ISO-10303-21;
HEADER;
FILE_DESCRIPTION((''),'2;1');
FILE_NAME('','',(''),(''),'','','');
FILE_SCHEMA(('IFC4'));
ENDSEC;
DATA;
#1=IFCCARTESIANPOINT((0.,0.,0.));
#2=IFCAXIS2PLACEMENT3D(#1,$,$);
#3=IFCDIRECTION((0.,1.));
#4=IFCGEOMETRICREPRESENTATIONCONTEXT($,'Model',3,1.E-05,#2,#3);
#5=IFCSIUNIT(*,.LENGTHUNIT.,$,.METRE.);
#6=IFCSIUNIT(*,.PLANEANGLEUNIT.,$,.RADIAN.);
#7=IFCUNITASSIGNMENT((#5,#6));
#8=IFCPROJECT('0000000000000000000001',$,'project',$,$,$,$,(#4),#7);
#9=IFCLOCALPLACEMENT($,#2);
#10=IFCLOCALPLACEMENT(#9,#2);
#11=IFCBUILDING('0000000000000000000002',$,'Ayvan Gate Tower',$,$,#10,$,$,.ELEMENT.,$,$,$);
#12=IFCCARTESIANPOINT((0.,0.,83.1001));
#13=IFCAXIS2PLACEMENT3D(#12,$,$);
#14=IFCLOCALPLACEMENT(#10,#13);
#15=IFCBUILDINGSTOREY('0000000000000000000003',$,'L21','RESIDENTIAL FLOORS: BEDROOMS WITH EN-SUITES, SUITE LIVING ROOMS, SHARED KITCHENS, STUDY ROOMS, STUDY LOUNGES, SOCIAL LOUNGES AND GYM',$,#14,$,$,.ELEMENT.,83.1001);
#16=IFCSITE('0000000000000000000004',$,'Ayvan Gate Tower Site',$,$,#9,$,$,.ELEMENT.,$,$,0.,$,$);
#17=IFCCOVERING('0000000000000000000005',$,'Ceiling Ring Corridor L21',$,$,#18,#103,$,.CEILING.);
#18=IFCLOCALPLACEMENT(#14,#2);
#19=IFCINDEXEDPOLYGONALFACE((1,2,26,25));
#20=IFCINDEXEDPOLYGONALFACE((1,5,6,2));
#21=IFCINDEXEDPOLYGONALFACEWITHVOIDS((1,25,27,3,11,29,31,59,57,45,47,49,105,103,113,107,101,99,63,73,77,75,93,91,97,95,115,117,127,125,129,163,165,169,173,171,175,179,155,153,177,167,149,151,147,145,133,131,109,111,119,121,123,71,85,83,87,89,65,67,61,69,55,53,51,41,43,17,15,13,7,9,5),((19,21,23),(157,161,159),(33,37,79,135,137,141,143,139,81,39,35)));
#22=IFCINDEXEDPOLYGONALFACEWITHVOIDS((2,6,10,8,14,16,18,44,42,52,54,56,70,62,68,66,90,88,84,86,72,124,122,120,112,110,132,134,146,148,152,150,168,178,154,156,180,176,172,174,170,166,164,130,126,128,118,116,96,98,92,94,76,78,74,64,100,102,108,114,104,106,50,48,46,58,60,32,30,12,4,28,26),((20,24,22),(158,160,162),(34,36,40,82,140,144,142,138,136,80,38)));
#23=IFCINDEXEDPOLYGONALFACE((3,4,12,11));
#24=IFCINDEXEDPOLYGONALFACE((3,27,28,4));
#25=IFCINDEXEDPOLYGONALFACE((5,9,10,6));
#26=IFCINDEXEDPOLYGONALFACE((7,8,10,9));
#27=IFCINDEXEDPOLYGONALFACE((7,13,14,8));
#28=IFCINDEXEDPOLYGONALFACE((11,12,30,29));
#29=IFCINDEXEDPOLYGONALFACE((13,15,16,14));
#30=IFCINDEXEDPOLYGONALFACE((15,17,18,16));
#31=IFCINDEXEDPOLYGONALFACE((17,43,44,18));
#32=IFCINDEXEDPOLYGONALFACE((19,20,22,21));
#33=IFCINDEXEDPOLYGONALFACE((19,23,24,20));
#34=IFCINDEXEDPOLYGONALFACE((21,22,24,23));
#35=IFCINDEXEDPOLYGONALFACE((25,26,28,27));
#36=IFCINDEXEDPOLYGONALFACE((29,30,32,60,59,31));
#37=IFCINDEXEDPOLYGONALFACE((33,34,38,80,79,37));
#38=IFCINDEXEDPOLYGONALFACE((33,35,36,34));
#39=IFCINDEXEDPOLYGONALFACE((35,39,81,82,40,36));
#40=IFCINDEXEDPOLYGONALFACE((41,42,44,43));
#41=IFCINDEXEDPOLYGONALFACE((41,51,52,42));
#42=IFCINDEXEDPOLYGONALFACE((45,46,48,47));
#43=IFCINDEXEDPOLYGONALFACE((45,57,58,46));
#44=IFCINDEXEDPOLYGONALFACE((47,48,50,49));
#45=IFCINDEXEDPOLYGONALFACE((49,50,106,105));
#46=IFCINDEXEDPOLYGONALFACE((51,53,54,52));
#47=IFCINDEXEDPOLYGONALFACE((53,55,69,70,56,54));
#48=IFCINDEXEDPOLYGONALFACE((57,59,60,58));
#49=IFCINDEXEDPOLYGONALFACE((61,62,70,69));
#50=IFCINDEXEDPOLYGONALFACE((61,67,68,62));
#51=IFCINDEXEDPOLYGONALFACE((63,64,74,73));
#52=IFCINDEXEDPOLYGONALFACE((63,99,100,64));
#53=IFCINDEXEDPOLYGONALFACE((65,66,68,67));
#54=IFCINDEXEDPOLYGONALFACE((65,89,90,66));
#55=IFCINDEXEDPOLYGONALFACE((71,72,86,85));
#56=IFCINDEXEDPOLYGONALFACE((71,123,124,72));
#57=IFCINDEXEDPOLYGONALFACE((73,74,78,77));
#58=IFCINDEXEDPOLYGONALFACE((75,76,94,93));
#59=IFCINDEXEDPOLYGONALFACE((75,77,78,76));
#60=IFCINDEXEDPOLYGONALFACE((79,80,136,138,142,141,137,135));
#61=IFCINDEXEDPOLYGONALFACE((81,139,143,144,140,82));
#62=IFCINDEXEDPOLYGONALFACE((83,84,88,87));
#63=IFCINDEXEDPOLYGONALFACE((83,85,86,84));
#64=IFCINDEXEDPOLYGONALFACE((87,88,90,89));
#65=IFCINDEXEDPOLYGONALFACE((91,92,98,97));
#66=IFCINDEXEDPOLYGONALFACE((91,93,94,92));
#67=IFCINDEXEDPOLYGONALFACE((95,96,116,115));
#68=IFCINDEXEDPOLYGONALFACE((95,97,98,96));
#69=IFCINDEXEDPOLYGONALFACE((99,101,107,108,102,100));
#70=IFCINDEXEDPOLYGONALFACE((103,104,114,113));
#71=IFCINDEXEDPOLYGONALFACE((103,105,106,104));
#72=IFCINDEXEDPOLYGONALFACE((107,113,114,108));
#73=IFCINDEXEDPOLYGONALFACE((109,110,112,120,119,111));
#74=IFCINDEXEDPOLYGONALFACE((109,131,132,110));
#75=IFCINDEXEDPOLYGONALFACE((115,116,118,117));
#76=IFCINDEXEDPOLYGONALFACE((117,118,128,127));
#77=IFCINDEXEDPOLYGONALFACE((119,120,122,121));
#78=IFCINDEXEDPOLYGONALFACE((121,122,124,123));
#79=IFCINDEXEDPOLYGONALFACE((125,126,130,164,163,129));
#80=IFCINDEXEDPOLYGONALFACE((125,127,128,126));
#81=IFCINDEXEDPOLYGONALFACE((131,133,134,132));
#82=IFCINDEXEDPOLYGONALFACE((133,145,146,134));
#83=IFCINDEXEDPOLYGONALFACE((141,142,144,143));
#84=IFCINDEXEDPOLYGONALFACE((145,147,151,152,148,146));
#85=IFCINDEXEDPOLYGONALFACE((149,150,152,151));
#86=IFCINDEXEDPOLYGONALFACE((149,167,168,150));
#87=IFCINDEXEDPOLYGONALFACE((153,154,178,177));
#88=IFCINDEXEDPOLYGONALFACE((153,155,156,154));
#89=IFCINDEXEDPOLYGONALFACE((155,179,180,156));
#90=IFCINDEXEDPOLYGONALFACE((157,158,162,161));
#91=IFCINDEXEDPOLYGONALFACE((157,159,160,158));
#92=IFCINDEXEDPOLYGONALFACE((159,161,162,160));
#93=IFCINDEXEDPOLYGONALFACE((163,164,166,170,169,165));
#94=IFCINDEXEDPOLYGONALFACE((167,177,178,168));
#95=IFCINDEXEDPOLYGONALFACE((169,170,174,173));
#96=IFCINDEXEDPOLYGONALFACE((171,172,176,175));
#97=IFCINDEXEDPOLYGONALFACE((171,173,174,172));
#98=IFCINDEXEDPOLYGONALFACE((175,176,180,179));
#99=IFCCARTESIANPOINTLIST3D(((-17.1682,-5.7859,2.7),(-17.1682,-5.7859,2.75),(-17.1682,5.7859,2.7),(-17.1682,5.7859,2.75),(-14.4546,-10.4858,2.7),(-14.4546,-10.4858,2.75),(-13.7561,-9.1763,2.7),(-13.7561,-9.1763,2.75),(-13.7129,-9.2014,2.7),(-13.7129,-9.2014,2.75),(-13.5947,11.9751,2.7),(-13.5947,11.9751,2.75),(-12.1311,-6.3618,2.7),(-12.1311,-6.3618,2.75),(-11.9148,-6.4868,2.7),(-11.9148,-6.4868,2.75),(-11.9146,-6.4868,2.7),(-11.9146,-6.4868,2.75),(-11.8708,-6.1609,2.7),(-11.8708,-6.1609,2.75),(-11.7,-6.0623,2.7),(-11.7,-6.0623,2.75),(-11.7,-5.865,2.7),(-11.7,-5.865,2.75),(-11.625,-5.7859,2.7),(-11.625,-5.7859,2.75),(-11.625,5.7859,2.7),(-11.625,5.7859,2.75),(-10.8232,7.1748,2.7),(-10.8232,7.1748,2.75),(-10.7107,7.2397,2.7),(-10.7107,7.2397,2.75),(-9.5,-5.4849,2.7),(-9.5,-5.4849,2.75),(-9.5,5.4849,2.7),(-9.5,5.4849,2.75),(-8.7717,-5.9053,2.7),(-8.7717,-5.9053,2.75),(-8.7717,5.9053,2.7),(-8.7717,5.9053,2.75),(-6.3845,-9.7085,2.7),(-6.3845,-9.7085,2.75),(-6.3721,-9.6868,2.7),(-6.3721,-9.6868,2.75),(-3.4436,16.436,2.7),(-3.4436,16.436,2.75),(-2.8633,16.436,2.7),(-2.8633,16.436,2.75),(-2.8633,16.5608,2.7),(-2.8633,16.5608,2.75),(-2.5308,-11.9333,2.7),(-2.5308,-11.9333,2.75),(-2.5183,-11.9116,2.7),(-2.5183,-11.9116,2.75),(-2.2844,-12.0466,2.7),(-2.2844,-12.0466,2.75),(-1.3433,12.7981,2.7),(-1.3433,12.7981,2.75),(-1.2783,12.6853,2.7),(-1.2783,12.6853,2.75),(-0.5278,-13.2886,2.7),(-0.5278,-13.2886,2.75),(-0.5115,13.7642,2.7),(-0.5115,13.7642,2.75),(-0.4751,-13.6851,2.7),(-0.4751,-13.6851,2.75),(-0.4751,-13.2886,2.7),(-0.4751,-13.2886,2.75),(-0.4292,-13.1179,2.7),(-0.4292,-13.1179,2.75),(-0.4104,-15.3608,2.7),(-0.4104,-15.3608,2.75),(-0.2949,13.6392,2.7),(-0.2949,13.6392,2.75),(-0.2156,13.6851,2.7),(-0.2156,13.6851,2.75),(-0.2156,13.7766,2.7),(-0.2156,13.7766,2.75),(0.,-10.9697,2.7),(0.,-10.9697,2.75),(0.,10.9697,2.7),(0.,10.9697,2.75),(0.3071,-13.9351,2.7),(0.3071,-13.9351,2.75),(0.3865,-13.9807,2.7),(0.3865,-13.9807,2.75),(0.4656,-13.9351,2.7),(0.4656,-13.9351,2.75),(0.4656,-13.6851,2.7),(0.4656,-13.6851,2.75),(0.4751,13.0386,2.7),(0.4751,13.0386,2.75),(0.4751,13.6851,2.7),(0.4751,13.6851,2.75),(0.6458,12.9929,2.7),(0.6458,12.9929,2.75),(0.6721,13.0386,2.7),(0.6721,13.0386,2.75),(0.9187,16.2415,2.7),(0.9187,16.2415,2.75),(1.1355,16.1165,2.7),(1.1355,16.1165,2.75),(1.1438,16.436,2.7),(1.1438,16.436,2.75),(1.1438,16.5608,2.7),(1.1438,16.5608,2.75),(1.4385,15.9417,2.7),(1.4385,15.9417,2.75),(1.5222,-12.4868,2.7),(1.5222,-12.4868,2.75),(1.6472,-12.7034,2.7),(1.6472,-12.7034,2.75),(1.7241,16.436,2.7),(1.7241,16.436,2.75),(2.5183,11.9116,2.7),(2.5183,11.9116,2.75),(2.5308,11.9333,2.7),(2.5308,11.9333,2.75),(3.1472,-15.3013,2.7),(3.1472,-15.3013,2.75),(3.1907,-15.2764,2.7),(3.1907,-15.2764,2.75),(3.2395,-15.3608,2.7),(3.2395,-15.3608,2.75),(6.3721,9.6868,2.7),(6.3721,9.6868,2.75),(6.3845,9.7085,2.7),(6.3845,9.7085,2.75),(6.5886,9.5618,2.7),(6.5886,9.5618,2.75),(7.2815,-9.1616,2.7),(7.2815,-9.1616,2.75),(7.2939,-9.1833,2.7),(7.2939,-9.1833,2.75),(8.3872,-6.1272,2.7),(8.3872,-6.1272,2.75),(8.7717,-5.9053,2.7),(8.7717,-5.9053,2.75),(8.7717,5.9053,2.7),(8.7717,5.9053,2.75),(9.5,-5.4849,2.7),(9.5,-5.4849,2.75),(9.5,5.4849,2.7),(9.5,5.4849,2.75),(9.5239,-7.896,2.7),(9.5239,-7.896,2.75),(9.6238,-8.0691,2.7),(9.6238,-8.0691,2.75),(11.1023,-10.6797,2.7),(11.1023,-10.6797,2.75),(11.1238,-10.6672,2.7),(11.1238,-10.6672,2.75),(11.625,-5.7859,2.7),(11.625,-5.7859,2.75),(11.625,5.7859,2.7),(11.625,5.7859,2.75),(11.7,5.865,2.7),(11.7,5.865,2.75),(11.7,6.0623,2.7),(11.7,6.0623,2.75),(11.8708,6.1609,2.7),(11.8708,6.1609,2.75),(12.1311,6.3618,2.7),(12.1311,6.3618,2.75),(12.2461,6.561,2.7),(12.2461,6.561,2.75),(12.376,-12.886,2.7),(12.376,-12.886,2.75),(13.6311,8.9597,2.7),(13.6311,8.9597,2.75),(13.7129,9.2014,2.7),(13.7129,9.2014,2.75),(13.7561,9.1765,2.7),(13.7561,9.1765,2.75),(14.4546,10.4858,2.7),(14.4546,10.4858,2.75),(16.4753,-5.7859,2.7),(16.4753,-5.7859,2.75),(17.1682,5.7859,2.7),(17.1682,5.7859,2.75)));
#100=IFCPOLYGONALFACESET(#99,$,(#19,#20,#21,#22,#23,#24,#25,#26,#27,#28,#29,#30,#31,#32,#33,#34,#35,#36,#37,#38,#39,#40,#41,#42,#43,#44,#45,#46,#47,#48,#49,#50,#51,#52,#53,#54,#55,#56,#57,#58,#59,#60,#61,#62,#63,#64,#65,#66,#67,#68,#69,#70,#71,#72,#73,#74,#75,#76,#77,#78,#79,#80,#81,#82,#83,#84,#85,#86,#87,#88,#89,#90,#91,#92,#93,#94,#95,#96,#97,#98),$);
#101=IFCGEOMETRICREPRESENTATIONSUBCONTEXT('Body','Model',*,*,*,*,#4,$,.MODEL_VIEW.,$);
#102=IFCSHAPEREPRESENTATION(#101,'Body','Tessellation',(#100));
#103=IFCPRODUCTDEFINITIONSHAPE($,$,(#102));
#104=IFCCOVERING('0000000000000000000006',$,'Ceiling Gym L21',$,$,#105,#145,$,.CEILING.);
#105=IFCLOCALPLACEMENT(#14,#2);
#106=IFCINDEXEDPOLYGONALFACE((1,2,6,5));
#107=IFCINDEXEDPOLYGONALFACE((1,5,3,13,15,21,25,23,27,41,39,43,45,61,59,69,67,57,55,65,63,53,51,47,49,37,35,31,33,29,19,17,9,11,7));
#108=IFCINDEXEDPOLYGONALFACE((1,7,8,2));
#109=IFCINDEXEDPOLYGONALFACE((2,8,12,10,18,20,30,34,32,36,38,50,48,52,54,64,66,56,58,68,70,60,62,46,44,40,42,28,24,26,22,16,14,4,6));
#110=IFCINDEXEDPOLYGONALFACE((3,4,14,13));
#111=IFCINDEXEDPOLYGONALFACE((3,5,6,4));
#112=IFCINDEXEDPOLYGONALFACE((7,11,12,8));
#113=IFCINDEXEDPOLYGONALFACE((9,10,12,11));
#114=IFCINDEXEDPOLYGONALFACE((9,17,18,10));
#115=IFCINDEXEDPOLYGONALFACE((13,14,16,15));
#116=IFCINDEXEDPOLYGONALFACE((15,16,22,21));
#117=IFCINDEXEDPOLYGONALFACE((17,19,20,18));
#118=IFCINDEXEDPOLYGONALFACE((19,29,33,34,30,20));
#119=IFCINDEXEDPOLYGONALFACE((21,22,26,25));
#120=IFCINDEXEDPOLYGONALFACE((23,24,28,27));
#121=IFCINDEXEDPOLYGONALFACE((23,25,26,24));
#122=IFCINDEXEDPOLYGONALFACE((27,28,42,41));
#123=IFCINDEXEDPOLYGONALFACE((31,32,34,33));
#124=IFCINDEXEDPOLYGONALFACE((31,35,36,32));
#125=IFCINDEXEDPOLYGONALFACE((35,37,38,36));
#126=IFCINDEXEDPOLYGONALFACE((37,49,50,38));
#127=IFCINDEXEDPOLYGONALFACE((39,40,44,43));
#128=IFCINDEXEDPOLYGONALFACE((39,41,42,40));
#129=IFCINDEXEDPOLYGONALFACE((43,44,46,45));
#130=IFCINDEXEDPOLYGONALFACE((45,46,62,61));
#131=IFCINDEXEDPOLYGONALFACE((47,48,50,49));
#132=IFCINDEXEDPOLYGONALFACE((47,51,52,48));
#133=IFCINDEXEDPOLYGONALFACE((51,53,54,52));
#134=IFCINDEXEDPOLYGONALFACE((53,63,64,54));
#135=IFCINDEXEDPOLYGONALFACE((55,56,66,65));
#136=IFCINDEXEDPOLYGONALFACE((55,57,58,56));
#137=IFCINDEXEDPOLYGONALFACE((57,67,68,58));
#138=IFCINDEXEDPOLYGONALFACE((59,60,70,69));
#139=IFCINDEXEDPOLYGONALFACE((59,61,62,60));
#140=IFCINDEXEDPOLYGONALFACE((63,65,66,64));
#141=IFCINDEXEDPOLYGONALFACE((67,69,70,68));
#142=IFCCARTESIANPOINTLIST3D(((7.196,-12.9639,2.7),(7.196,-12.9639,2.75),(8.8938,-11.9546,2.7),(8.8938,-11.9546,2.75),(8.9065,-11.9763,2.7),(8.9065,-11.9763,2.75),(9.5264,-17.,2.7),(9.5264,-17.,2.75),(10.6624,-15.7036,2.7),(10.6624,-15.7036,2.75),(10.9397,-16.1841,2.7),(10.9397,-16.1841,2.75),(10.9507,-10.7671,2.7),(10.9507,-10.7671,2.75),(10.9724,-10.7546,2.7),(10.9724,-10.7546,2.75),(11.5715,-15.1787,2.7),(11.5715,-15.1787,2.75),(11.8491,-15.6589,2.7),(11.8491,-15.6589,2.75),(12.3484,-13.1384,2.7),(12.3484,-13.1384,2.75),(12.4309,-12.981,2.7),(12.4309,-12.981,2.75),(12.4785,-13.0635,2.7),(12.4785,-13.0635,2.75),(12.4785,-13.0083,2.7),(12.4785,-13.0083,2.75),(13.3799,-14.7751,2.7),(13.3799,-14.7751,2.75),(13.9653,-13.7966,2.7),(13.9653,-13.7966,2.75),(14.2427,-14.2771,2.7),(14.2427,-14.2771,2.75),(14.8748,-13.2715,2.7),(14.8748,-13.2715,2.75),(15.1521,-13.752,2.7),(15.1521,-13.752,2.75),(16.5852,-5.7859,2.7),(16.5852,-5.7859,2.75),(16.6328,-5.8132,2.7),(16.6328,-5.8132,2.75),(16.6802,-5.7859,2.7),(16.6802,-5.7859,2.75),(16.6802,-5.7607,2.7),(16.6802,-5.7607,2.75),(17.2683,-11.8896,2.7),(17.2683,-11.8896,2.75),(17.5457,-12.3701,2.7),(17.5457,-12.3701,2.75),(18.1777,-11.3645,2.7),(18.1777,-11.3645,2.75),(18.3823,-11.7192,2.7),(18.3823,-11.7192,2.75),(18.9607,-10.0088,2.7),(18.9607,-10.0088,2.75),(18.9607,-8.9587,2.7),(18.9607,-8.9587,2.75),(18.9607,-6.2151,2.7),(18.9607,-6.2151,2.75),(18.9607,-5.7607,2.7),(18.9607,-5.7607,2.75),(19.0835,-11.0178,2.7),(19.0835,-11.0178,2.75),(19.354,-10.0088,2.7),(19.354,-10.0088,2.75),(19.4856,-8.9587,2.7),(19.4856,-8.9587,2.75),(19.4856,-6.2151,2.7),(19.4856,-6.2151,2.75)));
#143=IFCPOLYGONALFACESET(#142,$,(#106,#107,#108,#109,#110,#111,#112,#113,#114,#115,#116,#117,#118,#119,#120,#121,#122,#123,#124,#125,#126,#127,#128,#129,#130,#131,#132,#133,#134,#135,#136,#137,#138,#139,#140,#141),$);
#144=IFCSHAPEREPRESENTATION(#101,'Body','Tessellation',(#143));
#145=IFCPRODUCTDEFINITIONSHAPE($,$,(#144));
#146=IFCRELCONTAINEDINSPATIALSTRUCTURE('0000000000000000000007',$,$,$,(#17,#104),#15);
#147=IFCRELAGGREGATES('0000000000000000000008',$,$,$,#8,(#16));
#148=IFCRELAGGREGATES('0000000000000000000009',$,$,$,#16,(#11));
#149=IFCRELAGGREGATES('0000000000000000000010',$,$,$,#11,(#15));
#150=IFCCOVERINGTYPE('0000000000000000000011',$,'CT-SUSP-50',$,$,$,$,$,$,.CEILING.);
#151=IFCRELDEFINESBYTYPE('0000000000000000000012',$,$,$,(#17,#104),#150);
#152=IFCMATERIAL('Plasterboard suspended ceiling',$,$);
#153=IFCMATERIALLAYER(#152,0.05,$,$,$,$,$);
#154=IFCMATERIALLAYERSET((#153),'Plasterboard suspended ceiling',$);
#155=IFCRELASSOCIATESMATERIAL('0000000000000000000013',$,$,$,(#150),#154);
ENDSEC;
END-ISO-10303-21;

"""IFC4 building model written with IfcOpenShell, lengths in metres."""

from ifc_helpers import new_model, si_unit, direction, frame, origin, place, context, subcontext, project, spatial, polyline, outline, extrude, material, layer, layer_set, type_object, element, save


model = new_model("IFC4")

# Units and contexts
model_context = context("Model", 3, precision=1e-05, world=origin(), true_north=direction((0.0, 1.0)))
body_context = subcontext(model_context, "Body", "Model", "MODEL_VIEW")
ifc_project = project(units=[si_unit("LENGTHUNIT", "METRE"), si_unit("PLANEANGLEUNIT", "RADIAN")], contexts=[model_context])

# Site, building, storey
site_placement = place(None, origin())
site = spatial("IfcSite", under=ifc_project, at=site_placement, Name="Ayvan Gate Tower Site", CompositionType="ELEMENT", RefElevation=0.0)
building_placement = place(site_placement, origin())
building = spatial("IfcBuilding", under=site, at=building_placement, Name="Ayvan Gate Tower", CompositionType="ELEMENT")
storey_placement = place(building_placement, frame((0.0, 0.0, 83.1001)))
storey = spatial("IfcBuildingStorey", under=building, at=storey_placement, Name="L21", Description="RESIDENTIAL FLOORS: BEDROOMS WITH EN-SUITES, SUITE LIVING ROOMS, SHARED KITCHENS, STUDY ROOMS, STUDY LOUNGES, SOCIAL LOUNGES AND GYM", CompositionType="ELEMENT", Elevation=83.1001)

# Coverings
ifc_material_1 = material(Name="Plasterboard suspended ceiling")
ifc_layer_1 = layer(ifc_material_1, 0.05)
ifc_layer_set_1 = layer_set([ifc_layer_1], Name="Plasterboard suspended ceiling")
covering_type = type_object("IfcCoveringType", Name="CT-SUSP-50", PredefinedType="CEILING", material=ifc_layer_set_1)
covering_1_placement = place(storey_placement, frame((0.0, 0.0, 2.7)))
element("IfcCovering", 1, at=covering_1_placement, inside=storey, type_object=covering_type, Name="Ceiling Ring Corridor L21", PredefinedType="CEILING", context=body_context, shape_type="SweptSolid", body=[
    extrude(outline(polyline([(-11.9148, -6.4868), (-12.1311, -6.3618), (-13.7561, -9.1763), (-13.7129, -9.2014), (-14.4546, -10.4858), (-17.1682, -5.7859), (-11.625, -5.7859), (-11.625, 5.7859), (-17.1682, 5.7859), (-13.5947, 11.9751), (-10.8232, 7.1748), (-10.7107, 7.2397), (-1.2783, 12.6853), (-1.3433, 12.7981), (-3.4436, 16.436), (-2.8633, 16.436), (-2.8633, 16.5608), (1.1438, 16.5608), (1.1438, 16.436), (1.7241, 16.436), (1.4385, 15.9417), (1.1355, 16.1165), (0.9187, 16.2415), (-0.5115, 13.7642), (-0.2949, 13.6392), (-0.2156, 13.7766), (-0.2156, 13.6851), (0.4751, 13.6851), (0.4751, 13.0386), (0.6721, 13.0386), (0.6458, 12.9929), (2.5183, 11.9116), (2.5308, 11.9333), (6.3845, 9.7085), (6.3721, 9.6868), (6.5886, 9.5618), (12.1311, 6.3618), (12.2461, 6.561), (13.6311, 8.9597), (13.7561, 9.1765), (13.7129, 9.2014), (14.4546, 10.4858), (17.1682, 5.7859), (11.625, 5.7859), (11.625, -5.7859), (16.4753, -5.7859), (12.376, -12.886), (11.1023, -10.6797), (11.1238, -10.6672), (9.6238, -8.0691), (9.5239, -7.896), (7.2939, -9.1833), (7.2815, -9.1616), (1.5222, -12.4868), (1.6472, -12.7034), (3.1472, -15.3013), (3.1907, -15.2764), (3.2395, -15.3608), (-0.4104, -15.3608), (0.3865, -13.9807), (0.3071, -13.9351), (0.4656, -13.9351), (0.4656, -13.6851), (-0.4751, -13.6851), (-0.4751, -13.2886), (-0.5278, -13.2886), (-0.4292, -13.1179), (-2.2844, -12.0466), (-2.5183, -11.9116), (-2.5308, -11.9333), (-6.3845, -9.7085), (-6.3721, -9.6868), (-11.9146, -6.4868), (-11.9148, -6.4868)]), holes=[polyline([(11.8708, 6.1609), (11.7, 6.0623), (11.7, 5.865), (11.8708, 6.1609)]), polyline([(-8.7717, -5.9053), (0.0, -10.9697), (8.3872, -6.1272), (8.7717, -5.9053), (9.5, -5.4849), (9.5, 5.4849), (8.7717, 5.9053), (0.0, 10.9697), (-8.7717, 5.9053), (-9.5, 5.4849), (-9.5, -5.4849), (-8.7717, -5.9053)]), polyline([(-11.8708, -6.1609), (-11.7, -6.0623), (-11.7, -5.865), (-11.8708, -6.1609)])]), origin(), (0.0, 0.0, 1.0), 0.05),
])
covering_2_placement = place(storey_placement, frame((0.0, 0.0, 2.7)))
element("IfcCovering", 2, at=covering_2_placement, inside=storey, type_object=covering_type, Name="Ceiling Gym L21", PredefinedType="CEILING", context=body_context, shape_type="SweptSolid", body=[
    extrude(outline(polyline([(10.9507, -10.7671), (10.9724, -10.7546), (12.3484, -13.1384), (12.4785, -13.0635), (12.4309, -12.981), (12.4785, -13.0083), (16.6328, -5.8132), (16.5852, -5.7859), (16.6802, -5.7859), (16.6802, -5.7607), (18.9607, -5.7607), (18.9607, -6.2151), (19.4856, -6.2151), (19.4856, -8.9587), (18.9607, -8.9587), (18.9607, -10.0088), (19.354, -10.0088), (19.0835, -11.0178), (18.3823, -11.7192), (18.1777, -11.3645), (17.2683, -11.8896), (17.5457, -12.3701), (15.1521, -13.752), (14.8748, -13.2715), (13.9653, -13.7966), (14.2427, -14.2771), (13.3799, -14.7751), (11.8491, -15.6589), (11.5715, -15.1787), (10.6624, -15.7036), (10.9397, -16.1841), (9.5264, -17.0), (7.196, -12.9639), (8.9065, -11.9763), (8.8938, -11.9546), (10.9507, -10.7671)])), origin(), (0.0, 0.0, 1.0), 0.05),
])

save(model, "model.ifc")
